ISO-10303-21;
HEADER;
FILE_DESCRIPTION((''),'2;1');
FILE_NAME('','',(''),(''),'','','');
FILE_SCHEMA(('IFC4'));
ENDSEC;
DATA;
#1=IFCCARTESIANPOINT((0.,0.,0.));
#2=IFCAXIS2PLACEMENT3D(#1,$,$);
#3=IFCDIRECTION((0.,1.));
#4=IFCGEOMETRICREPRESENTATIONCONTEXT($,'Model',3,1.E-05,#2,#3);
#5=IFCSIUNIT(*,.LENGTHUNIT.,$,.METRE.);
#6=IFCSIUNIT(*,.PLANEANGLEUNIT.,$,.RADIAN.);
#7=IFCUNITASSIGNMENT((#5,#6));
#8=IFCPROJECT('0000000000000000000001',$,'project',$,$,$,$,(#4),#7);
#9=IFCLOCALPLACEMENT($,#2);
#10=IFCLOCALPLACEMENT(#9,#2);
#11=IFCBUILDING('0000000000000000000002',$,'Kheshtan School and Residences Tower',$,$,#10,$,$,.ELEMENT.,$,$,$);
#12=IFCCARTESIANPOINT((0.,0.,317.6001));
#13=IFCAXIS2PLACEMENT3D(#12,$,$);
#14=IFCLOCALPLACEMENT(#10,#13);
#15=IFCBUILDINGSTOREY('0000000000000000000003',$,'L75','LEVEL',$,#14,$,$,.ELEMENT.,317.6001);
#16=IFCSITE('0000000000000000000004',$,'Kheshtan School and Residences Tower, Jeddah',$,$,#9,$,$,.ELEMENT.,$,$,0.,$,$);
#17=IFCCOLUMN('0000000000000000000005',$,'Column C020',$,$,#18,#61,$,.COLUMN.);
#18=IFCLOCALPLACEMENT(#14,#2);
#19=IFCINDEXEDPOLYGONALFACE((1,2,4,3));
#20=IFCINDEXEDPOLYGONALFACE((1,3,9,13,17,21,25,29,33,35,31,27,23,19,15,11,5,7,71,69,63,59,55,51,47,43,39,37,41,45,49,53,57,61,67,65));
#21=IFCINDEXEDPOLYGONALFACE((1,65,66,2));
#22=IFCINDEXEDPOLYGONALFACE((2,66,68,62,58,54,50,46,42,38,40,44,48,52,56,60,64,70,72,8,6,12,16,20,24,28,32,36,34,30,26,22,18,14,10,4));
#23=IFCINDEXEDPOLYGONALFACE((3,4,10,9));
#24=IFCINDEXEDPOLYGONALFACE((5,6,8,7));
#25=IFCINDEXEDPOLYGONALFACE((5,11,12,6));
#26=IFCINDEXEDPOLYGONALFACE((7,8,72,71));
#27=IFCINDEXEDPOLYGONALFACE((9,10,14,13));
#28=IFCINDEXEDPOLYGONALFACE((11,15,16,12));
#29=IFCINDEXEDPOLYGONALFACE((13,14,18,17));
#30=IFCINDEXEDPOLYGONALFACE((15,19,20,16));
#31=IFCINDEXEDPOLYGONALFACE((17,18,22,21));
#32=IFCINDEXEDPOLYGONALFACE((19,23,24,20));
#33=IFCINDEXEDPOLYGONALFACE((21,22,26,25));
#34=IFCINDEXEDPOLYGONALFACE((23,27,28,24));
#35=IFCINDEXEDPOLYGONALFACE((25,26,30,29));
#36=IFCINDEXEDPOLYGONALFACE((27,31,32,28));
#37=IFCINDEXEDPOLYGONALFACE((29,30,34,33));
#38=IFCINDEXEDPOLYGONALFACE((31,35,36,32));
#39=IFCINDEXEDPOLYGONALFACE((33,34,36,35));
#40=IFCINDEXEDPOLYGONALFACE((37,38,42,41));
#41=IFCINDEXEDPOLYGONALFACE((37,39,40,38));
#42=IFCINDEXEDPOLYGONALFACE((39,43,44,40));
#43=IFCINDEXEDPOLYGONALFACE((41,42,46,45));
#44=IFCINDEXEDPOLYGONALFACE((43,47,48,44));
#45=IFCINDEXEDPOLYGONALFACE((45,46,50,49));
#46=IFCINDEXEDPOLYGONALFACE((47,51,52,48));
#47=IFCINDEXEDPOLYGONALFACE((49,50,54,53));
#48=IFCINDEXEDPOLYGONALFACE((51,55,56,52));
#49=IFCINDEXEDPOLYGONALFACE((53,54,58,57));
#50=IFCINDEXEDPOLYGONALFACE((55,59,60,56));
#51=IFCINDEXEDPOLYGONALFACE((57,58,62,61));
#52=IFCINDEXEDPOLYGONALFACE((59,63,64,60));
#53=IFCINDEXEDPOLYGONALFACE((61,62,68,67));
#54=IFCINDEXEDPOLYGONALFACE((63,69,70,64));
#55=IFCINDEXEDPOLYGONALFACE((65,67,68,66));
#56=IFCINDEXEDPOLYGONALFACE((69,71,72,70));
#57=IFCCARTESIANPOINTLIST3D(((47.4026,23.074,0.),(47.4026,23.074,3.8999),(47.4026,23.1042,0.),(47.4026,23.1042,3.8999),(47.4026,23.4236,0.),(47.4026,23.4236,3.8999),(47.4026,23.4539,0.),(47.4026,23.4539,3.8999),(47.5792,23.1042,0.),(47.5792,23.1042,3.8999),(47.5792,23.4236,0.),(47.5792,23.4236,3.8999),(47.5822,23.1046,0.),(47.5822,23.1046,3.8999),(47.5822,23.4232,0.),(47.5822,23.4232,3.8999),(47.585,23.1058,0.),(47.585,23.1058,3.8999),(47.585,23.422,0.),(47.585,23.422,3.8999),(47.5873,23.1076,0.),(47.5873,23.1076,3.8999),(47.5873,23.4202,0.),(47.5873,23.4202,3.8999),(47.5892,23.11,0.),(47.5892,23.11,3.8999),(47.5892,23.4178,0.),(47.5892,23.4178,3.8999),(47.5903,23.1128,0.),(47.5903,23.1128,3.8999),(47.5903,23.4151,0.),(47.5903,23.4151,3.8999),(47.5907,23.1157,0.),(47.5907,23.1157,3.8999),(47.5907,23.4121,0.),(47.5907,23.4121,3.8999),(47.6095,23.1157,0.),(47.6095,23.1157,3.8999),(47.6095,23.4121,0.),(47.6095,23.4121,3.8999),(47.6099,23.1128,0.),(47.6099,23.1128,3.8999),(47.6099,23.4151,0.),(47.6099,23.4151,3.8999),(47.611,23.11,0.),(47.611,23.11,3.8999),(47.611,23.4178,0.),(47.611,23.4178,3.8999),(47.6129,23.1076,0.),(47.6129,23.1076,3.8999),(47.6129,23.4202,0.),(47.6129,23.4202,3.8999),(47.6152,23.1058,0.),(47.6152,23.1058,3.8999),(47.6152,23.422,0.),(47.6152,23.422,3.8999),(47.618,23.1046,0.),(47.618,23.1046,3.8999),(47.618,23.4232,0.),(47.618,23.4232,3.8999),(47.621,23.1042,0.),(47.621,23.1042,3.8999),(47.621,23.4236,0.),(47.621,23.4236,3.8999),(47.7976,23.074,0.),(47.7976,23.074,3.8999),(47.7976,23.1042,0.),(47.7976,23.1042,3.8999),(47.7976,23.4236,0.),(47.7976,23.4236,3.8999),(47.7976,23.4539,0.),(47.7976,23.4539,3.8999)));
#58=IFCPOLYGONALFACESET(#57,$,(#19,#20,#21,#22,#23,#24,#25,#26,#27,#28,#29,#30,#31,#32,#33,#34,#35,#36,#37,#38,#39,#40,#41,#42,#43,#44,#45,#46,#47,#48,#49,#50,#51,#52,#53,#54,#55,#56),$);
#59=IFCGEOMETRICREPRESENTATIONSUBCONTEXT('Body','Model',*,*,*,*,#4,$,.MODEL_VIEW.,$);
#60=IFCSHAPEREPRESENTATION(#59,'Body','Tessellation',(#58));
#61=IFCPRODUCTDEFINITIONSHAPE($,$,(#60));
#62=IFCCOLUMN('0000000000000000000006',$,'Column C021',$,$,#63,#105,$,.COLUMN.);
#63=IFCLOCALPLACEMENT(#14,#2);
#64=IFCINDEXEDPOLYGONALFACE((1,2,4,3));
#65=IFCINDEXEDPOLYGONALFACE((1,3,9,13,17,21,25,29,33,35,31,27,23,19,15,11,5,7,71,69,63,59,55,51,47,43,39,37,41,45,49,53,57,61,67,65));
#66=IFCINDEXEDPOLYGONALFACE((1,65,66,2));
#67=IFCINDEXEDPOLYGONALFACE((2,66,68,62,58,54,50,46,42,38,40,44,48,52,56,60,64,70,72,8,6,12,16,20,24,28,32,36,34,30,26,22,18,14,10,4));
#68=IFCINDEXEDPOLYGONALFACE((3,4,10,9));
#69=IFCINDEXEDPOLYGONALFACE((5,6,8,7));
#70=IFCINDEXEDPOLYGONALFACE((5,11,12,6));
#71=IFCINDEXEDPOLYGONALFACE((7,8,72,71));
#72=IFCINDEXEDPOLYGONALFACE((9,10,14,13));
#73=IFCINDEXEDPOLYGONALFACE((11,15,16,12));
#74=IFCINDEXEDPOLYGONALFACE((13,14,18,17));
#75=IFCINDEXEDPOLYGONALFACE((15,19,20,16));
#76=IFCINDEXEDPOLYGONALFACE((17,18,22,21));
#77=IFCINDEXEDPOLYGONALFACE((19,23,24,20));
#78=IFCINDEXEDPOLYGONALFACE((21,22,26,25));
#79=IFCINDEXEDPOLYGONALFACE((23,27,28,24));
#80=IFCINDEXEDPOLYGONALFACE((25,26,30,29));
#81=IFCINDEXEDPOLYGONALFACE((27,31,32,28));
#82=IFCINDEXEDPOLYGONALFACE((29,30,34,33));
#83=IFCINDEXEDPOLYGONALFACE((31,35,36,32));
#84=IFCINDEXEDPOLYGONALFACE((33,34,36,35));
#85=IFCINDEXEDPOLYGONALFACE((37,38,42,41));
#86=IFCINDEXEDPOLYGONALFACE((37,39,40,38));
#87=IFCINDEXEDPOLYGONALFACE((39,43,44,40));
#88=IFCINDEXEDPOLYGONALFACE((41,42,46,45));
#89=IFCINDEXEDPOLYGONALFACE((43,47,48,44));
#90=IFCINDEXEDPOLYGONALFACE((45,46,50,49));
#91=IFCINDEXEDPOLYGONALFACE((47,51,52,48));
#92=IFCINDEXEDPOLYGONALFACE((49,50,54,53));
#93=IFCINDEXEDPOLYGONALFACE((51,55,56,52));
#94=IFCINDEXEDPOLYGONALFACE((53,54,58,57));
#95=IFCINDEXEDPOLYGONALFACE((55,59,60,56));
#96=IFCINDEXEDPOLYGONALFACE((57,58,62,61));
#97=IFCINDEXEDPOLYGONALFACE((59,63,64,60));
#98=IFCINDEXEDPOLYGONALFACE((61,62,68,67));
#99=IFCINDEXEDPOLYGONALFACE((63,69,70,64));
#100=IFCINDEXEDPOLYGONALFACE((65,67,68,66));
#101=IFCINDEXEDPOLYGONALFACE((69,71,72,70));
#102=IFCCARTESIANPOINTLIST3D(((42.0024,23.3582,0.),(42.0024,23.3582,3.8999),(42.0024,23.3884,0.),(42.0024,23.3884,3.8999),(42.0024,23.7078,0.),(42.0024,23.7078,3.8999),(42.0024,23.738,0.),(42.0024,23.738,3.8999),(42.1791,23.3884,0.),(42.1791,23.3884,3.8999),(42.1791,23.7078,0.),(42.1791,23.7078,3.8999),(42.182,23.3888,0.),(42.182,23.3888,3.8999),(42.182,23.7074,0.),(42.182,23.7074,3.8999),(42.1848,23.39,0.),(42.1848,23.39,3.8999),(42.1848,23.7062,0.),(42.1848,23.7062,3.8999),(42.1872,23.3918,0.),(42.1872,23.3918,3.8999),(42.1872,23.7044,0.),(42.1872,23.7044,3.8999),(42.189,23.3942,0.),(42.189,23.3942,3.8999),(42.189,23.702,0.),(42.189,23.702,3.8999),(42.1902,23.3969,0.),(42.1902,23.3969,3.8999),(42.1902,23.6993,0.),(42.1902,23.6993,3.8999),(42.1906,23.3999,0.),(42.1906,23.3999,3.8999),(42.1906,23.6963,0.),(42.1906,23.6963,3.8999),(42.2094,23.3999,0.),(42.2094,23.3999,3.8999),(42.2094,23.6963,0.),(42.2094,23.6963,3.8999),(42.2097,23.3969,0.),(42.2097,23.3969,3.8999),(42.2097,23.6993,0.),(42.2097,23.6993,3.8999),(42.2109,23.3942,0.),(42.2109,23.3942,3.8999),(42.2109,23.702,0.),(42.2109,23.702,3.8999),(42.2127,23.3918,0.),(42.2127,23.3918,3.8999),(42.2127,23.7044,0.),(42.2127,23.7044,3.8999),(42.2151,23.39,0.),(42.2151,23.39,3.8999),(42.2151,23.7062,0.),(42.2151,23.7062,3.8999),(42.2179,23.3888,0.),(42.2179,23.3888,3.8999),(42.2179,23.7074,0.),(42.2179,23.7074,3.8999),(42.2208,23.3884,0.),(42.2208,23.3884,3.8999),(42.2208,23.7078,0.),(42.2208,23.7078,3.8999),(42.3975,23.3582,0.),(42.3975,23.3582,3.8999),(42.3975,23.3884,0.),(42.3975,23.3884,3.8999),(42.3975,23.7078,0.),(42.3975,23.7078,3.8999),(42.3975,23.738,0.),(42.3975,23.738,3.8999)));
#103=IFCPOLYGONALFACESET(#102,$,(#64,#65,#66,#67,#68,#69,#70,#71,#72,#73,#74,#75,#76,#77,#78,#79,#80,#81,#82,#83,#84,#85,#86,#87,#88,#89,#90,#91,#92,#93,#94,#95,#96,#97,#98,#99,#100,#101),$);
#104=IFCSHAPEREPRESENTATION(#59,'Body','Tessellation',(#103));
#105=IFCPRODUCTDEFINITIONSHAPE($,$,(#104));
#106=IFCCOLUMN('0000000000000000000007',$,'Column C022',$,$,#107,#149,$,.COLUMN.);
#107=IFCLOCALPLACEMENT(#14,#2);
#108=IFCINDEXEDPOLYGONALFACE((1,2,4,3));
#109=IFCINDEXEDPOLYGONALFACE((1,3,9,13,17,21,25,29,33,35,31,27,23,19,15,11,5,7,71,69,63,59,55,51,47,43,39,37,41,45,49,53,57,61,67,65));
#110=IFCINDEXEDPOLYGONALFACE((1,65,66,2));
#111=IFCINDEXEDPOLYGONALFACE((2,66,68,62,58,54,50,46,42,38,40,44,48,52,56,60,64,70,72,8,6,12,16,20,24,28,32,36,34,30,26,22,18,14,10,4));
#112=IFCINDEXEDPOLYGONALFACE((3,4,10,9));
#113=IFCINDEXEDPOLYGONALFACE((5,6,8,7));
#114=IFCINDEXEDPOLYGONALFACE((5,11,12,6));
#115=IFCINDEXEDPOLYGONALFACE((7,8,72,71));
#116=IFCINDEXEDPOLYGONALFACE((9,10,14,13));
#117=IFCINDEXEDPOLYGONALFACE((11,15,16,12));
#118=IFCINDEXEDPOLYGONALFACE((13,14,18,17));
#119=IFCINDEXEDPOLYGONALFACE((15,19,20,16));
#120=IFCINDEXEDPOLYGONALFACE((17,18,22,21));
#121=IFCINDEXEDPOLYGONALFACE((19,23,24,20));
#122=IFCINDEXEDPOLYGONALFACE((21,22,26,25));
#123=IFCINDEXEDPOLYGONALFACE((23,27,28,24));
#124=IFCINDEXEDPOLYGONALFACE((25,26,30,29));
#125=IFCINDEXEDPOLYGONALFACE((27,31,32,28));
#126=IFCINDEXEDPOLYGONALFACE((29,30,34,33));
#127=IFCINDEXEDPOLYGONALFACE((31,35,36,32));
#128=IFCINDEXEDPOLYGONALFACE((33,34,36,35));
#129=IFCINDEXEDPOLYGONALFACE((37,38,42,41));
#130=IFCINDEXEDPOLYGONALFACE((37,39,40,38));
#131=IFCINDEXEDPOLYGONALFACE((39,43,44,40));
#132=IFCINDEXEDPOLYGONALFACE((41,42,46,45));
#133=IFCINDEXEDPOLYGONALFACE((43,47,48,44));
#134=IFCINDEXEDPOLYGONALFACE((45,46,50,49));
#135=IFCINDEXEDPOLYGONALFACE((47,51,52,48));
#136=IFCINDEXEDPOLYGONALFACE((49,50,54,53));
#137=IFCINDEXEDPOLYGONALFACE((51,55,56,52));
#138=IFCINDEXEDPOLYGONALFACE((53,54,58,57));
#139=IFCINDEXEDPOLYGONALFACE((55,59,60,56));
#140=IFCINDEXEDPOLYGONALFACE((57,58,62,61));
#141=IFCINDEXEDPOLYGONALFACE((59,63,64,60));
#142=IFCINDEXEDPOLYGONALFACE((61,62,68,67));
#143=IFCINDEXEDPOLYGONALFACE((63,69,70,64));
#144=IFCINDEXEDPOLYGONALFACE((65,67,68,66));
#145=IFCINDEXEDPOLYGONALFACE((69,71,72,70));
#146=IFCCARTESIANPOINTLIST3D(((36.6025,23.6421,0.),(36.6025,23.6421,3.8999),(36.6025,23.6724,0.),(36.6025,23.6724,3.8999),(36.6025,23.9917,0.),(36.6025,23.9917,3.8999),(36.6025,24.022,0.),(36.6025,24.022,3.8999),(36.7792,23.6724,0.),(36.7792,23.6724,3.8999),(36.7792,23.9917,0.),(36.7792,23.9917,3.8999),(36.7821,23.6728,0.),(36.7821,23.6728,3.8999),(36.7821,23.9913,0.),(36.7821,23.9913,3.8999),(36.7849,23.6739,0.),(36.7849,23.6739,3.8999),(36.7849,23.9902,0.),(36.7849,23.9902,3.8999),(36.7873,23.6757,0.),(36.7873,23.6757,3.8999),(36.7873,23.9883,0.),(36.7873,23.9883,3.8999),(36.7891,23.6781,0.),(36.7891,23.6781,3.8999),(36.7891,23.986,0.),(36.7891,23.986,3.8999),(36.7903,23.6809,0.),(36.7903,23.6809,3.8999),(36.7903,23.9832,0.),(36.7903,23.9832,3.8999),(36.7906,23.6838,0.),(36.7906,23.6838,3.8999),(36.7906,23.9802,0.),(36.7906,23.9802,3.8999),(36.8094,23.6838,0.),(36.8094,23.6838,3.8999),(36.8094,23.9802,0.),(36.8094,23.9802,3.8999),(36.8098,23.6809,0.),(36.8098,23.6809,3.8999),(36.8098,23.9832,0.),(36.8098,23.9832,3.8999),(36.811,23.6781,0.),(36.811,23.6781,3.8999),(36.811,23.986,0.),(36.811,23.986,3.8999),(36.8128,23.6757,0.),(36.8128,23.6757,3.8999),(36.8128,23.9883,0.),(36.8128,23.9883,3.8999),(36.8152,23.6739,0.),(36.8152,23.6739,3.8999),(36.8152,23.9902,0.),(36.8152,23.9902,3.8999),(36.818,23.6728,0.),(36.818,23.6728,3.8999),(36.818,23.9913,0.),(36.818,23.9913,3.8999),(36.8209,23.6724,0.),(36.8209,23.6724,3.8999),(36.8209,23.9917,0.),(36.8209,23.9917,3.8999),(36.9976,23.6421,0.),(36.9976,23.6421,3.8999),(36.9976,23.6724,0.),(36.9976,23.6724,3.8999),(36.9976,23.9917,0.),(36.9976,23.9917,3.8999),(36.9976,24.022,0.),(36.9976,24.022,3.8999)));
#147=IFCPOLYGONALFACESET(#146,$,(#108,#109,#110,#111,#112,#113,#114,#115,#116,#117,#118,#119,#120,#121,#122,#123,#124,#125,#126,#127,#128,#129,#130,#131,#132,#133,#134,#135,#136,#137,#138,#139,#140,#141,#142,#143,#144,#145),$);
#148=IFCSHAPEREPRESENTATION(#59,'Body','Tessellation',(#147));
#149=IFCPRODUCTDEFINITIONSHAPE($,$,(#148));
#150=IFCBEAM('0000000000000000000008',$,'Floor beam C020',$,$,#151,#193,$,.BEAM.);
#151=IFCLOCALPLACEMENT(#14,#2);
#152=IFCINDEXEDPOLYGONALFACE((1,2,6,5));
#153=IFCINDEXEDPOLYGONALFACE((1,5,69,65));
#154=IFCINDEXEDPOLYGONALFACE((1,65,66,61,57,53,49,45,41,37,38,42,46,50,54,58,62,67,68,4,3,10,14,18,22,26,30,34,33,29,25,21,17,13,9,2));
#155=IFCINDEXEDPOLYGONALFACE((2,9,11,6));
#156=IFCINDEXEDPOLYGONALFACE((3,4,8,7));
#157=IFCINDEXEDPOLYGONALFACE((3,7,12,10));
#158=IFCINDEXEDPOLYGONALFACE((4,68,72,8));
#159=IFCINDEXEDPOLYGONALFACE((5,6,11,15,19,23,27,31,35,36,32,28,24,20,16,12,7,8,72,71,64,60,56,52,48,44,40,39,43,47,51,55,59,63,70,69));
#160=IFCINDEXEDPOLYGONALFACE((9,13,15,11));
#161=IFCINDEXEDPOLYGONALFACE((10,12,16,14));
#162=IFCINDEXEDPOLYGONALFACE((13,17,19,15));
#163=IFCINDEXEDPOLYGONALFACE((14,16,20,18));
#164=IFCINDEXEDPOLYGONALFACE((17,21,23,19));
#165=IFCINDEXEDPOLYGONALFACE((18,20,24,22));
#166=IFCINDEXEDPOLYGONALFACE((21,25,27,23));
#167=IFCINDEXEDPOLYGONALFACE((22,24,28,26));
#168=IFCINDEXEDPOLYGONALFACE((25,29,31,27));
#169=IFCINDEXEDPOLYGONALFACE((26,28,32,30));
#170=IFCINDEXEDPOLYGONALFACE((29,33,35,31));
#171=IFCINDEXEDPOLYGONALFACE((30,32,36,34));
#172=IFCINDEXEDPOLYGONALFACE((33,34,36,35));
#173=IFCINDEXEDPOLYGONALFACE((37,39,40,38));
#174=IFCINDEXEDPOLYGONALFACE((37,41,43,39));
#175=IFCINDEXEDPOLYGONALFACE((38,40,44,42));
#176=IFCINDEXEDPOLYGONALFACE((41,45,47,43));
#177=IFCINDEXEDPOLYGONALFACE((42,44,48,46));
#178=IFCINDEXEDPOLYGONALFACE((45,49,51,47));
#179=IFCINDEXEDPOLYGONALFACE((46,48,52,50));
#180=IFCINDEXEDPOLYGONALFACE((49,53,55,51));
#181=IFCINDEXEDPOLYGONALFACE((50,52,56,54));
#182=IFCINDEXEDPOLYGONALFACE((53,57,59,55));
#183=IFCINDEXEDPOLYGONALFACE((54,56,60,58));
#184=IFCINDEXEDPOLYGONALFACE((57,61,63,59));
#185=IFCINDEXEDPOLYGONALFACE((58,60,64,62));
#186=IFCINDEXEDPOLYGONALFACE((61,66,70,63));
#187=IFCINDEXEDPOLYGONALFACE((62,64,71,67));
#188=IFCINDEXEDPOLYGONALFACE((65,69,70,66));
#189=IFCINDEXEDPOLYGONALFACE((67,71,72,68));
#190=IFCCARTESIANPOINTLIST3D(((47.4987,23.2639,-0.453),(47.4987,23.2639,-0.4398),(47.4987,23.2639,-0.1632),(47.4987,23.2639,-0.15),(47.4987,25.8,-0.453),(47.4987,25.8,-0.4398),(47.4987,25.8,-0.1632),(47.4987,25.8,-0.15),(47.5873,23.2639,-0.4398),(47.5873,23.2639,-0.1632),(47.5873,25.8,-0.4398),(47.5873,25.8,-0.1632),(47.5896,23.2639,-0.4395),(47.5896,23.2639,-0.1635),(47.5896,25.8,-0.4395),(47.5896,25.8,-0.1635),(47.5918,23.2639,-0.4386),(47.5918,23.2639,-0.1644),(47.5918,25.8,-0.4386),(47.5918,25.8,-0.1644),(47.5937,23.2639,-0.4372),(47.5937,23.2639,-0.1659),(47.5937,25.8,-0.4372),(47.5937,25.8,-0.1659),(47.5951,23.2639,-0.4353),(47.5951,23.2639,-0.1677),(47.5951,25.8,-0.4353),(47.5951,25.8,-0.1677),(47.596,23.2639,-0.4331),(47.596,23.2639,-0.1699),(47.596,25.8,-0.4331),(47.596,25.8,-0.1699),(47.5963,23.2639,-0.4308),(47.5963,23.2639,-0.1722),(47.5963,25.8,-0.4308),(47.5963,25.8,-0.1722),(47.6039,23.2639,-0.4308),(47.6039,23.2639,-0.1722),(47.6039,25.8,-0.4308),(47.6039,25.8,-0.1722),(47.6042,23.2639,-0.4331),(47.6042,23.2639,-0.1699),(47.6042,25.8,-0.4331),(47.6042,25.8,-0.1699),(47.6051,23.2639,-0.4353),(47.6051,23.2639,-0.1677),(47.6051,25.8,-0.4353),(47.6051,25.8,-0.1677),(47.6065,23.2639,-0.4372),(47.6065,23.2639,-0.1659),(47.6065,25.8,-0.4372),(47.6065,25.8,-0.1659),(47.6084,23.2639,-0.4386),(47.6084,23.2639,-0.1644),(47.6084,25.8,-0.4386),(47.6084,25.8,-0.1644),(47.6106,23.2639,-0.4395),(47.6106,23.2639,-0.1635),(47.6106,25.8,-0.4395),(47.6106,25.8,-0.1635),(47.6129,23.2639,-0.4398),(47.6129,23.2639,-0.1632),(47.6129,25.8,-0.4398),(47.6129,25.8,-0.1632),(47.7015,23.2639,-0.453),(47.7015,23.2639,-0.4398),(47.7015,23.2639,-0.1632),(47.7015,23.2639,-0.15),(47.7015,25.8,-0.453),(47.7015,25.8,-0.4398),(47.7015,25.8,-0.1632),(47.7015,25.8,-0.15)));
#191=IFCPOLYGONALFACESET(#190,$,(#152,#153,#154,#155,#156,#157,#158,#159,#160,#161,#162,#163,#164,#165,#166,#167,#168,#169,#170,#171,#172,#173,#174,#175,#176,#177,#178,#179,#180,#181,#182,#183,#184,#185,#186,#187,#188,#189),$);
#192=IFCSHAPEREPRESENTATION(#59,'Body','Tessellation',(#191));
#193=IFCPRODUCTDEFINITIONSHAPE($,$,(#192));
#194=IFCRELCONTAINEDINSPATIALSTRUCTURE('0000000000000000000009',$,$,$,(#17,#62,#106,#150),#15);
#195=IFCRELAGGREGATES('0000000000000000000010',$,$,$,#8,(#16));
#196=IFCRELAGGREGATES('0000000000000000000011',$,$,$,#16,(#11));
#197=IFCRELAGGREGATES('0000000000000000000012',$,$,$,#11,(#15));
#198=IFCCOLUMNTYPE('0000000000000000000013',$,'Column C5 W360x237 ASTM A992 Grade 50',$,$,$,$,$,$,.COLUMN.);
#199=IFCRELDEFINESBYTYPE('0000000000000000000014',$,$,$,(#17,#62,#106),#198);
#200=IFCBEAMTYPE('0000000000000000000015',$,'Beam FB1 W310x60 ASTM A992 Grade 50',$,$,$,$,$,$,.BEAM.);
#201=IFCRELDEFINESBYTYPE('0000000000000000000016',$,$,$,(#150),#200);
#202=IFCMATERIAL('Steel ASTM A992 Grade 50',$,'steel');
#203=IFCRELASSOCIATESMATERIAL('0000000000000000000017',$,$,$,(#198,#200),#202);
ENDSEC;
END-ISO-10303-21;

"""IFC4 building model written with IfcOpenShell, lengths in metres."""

from ifc_helpers import new_model, si_unit, direction, frame, origin, origin_2d, place, context, subcontext, project, spatial, i_section, extrude, material, material_profile, profile_set, type_object, element, save


model = new_model("IFC4")

# Units and contexts
model_context = context("Model", 3, precision=1e-05, world=origin(), true_north=direction((0.0, 1.0)))
body_context = subcontext(model_context, "Body", "Model", "MODEL_VIEW")
ifc_project = project(units=[si_unit("LENGTHUNIT", "METRE"), si_unit("PLANEANGLEUNIT", "RADIAN")], contexts=[model_context])

# Site, building, storey
site_placement = place(None, origin())
site = spatial("IfcSite", under=ifc_project, at=site_placement, Name="Kheshtan School and Residences Tower, Jeddah", CompositionType="ELEMENT", RefElevation=0.0)
building_placement = place(site_placement, origin())
building = spatial("IfcBuilding", under=site, at=building_placement, Name="Kheshtan School and Residences Tower", CompositionType="ELEMENT")
storey_placement = place(building_placement, frame((0.0, 0.0, 317.6001)))
storey = spatial("IfcBuildingStorey", under=building, at=storey_placement, Name="L75", Description="LEVEL", CompositionType="ELEMENT", Elevation=317.6001)

# Columns
ifc_material_1 = material(Name="Steel ASTM A992 Grade 50", Category="steel")
ifc_material_profile_1 = material_profile(ifc_material_1, i_section(OverallWidth=0.395, OverallDepth=0.3799, WebThickness=0.0188, FlangeThickness=0.0303, FilletRadius=0.0115, at=origin_2d()), Name="W360x237")
ifc_profile_set_1 = profile_set([ifc_material_profile_1], Name="Steel ASTM A992 Grade 50")
column_type = type_object("IfcColumnType", Name="Column C5 W360x237 ASTM A992 Grade 50", PredefinedType="COLUMN", material=ifc_profile_set_1)
for number, where, z_axis, x_axis, name in (
    (1, (47.6001, 23.2639, 0.0), (0.0, 0.0, 1.0), (1.0, 0.0, 0.0), "Column C020"),
    (2, (42.2, 23.5481, 0.0), (0.0, 0.0, 1.0), (1.0, 0.0, 0.0), "Column C021"),
    (3, (36.8, 23.832, 0.0), (0.0, 0.0, 1.0), (1.0, 0.0, 0.0), "Column C022"),
):
    element("IfcColumn", number, at=place(storey_placement, frame(where, z_axis=z_axis, x_axis=x_axis)), inside=storey, type_object=column_type, Name=name, PredefinedType="COLUMN", context=body_context, shape_type="SweptSolid", body=[
        extrude(i_section(OverallWidth=0.395, OverallDepth=0.3799, WebThickness=0.0188, FlangeThickness=0.0303, FilletRadius=0.0115, at=origin_2d()), origin(), (0.0, 0.0, 1.0), 3.8999),
    ])

# Beam
ifc_material_profile_2 = material_profile(ifc_material_1, i_section(OverallWidth=0.2029, OverallDepth=0.303, WebThickness=0.0076, FlangeThickness=0.0132, FilletRadius=0.009, at=origin_2d()), Name="W310x60")
ifc_profile_set_2 = profile_set([ifc_material_profile_2], Name="Steel ASTM A992 Grade 50")
beam_type_1 = type_object("IfcBeamType", Name="Beam FB1 W310x60 ASTM A992 Grade 50", PredefinedType="BEAM", material=ifc_profile_set_2)
beam_1_placement = place(storey_placement, frame((47.6001, 23.2639, -0.3015), z_axis=(0.0, 1.0, 0.0), x_axis=(-1.0, 0.0, 0.0)))
element("IfcBeam", 4, at=beam_1_placement, inside=storey, type_object=beam_type_1, Name="Floor beam C020", PredefinedType="BEAM", context=body_context, shape_type="SweptSolid", body=[
    extrude(i_section(OverallWidth=0.2029, OverallDepth=0.303, WebThickness=0.0076, FlangeThickness=0.0132, FilletRadius=0.009, at=origin_2d()), origin(), (0.0, 0.0, 1.0), 2.5361),
])

save(model, "model.ifc")
